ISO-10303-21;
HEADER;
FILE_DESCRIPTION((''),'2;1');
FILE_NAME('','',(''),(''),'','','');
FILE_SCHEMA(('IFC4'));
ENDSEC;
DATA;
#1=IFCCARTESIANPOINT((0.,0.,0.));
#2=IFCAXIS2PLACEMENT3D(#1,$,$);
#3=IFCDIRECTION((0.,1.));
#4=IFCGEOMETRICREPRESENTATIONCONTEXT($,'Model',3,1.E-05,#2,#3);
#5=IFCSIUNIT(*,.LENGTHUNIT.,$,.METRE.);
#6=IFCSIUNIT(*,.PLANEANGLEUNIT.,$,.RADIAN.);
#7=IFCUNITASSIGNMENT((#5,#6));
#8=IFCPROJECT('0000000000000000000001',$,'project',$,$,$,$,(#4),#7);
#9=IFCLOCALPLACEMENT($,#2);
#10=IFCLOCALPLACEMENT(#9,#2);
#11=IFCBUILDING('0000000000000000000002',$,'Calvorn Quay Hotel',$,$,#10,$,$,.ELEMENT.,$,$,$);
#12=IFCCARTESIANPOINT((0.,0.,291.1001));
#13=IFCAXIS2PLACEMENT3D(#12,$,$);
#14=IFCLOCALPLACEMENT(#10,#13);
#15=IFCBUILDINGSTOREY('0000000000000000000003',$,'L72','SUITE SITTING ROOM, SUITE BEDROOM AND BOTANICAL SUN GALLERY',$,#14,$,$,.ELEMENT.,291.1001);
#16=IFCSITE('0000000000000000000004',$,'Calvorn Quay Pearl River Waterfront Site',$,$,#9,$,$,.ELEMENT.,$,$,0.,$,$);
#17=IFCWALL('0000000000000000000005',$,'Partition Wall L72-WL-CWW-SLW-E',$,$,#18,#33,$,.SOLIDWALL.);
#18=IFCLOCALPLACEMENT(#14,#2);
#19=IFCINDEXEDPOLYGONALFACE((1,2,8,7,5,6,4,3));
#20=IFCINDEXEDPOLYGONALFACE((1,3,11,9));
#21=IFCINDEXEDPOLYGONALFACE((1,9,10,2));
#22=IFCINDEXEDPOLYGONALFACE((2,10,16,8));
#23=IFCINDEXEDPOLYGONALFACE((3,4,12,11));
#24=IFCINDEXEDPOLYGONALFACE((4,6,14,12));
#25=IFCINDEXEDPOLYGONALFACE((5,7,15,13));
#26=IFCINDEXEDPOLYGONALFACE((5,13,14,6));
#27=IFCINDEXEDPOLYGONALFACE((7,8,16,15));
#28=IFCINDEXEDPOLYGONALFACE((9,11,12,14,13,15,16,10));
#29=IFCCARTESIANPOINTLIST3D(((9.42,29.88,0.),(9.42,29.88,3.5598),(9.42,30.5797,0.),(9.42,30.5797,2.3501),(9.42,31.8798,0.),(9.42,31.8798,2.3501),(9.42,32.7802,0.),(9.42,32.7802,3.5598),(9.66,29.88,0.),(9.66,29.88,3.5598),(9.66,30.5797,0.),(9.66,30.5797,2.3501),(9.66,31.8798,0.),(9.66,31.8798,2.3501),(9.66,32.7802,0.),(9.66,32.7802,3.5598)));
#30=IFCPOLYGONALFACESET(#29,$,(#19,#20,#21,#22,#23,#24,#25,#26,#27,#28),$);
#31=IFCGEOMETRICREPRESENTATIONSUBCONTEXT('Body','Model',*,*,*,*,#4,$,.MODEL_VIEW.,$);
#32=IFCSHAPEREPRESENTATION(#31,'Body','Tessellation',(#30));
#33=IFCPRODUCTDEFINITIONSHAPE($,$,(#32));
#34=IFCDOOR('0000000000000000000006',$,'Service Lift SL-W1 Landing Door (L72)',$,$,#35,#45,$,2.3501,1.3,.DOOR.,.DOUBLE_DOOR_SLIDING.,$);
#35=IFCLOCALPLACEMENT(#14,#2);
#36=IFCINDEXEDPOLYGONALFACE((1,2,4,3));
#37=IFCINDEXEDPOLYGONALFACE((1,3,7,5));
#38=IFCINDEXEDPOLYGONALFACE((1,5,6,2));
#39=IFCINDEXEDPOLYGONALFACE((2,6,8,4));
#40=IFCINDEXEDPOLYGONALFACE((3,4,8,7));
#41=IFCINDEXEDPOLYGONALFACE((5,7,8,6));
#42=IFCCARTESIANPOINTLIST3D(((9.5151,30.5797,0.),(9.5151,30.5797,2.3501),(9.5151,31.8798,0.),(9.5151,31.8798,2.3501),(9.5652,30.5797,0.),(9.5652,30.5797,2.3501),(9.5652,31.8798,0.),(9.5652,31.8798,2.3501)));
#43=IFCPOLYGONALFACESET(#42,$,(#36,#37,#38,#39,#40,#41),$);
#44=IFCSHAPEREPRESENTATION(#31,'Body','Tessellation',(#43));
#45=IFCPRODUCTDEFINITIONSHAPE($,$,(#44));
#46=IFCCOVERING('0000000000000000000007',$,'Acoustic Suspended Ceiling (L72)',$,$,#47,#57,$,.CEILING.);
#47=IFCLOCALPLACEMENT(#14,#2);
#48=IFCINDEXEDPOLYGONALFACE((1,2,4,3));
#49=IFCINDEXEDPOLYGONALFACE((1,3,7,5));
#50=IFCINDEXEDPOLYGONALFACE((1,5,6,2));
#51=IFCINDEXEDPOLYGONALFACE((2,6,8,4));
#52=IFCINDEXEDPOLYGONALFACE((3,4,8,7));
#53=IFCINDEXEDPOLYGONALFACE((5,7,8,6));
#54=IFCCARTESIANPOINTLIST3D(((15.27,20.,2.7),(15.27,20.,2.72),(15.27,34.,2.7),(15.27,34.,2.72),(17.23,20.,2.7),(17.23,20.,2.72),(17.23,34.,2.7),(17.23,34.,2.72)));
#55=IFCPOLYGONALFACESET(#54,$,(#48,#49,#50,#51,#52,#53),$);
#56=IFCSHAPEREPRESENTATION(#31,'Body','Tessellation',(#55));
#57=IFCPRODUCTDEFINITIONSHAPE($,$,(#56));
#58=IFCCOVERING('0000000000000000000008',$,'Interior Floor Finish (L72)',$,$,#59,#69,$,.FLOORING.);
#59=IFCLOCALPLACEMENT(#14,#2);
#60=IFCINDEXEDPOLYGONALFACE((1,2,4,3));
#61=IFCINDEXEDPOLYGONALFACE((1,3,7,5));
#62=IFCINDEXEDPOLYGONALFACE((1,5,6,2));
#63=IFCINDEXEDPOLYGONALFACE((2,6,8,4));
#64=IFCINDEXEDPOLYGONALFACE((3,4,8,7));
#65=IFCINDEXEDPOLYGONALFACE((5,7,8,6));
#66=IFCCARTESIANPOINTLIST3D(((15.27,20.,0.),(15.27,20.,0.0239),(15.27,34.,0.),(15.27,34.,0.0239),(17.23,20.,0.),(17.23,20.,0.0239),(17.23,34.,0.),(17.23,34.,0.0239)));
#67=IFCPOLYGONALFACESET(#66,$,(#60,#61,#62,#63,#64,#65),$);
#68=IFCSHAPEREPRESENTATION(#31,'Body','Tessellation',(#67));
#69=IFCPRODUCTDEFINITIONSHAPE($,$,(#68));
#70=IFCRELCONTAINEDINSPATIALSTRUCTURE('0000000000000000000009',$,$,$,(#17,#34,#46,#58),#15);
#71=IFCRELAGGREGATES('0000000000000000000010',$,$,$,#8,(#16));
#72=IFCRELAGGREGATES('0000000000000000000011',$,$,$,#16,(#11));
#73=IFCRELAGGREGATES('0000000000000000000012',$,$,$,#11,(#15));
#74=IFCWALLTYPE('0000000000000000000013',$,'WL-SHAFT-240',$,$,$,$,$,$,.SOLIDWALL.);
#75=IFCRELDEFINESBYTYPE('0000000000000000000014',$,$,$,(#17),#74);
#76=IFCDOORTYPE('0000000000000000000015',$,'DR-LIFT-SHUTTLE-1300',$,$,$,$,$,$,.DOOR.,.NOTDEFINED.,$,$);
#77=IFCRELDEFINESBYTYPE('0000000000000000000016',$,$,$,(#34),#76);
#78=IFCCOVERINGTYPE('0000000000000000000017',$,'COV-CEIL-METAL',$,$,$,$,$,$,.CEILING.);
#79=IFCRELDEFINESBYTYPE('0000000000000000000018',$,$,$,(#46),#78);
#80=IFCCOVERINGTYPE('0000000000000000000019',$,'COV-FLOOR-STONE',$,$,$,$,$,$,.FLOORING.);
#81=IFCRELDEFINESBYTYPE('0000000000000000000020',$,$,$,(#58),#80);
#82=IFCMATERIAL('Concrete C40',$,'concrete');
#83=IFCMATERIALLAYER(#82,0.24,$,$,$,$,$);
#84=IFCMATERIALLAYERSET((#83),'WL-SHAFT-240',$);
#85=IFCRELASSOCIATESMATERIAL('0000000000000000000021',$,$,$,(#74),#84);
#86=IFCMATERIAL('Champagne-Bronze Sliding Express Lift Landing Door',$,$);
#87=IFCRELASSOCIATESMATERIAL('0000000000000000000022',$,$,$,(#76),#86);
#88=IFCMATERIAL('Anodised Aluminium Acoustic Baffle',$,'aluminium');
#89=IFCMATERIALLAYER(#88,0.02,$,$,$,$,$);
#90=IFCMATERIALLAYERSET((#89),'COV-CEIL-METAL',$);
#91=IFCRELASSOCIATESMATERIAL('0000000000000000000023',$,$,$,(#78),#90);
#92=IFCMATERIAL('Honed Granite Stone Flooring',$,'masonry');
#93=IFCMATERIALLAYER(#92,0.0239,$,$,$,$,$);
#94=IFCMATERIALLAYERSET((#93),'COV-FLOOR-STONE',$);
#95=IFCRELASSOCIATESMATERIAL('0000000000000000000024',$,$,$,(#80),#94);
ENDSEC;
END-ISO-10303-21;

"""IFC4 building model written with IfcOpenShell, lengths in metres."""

from ifc_helpers import new_model, si_unit, direction, frame, frame_2d, origin, origin_2d, place, context, subcontext, project, spatial, rectangle, extrude, material, layer, layer_set, type_object, element, fill, save


model = new_model("IFC4")

# Units and contexts
model_context = context("Model", 3, precision=1e-05, world=origin(), true_north=direction((0.0, 1.0)))
body_context = subcontext(model_context, "Body", "Model", "MODEL_VIEW")
ifc_project = project(units=[si_unit("LENGTHUNIT", "METRE"), si_unit("PLANEANGLEUNIT", "RADIAN")], contexts=[model_context])

# Site, building, storey
site_placement = place(None, origin())
site = spatial("IfcSite", under=ifc_project, at=site_placement, Name="Calvorn Quay Pearl River Waterfront Site", CompositionType="ELEMENT", RefElevation=0.0)
building_placement = place(site_placement, origin())
building = spatial("IfcBuilding", under=site, at=building_placement, Name="Calvorn Quay Hotel", CompositionType="ELEMENT")
storey_placement = place(building_placement, frame((0.0, 0.0, 291.1001)))
storey = spatial("IfcBuildingStorey", under=building, at=storey_placement, Name="L72", Description="SUITE SITTING ROOM, SUITE BEDROOM AND BOTANICAL SUN GALLERY", CompositionType="ELEMENT", Elevation=291.1001)

# Wall, opening, door
ifc_material_1 = material(Name="Concrete C40", Category="concrete")
ifc_layer_1 = layer(ifc_material_1, 0.24)
ifc_layer_set_1 = layer_set([ifc_layer_1], Name="WL-SHAFT-240")
wall_type_1 = type_object("IfcWallType", Name="WL-SHAFT-240", PredefinedType="SOLIDWALL", material=ifc_layer_set_1)
wall_1_placement = place(storey_placement, frame((9.54, 29.8799, 0.0), z_axis=(0.0, 0.0, 1.0), x_axis=(0.0, 1.0, 0.0)))
wall_1 = element("IfcWall", 1, at=wall_1_placement, inside=storey, type_object=wall_type_1, Name="Partition Wall L72-WL-CWW-SLW-E", PredefinedType="SOLIDWALL", context=body_context, shape_type="SweptSolid", body=[
    extrude(rectangle(XDim=2.9001, YDim=0.24, at=frame_2d((1.4502, 0.0))), origin(), (0.0, 0.0, 1.0), 3.5598),
])
opening_1_placement = place(wall_1_placement, frame((0.7, 0.0, 0.0)))
opening_1 = element("IfcOpeningElement", 2, at=opening_1_placement, cuts=wall_1, PredefinedType="OPENING", context=body_context, shape_type="SweptSolid", body=[
    extrude(rectangle(XDim=1.3, YDim=2.3501, at=frame_2d((0.6499, 1.175))), frame((0.0, 0.1299, 0.0), z_axis=(0.0, -1.0, 0.0), x_axis=(1.0, 0.0, 0.0)), (0.0, 0.0, 1.0), 0.26),
])
ifc_material_2 = material(Name="Champagne-Bronze Sliding Express Lift Landing Door")
door_type_1 = type_object("IfcDoorType", Name="DR-LIFT-SHUTTLE-1300", OperationType="NOTDEFINED", PredefinedType="DOOR", material=ifc_material_2)
door_1_placement = place(opening_1_placement, origin())
door_1 = element("IfcDoor", 3, at=door_1_placement, inside=storey, type_object=door_type_1, Name="Service Lift SL-W1 Landing Door (L72)", OperationType="DOUBLE_DOOR_SLIDING", OverallHeight=2.3501, OverallWidth=1.3, PredefinedType="DOOR", context=body_context, shape_type="SweptSolid", body=[
    extrude(rectangle(XDim=1.3, YDim=2.3501, at=frame_2d((0.6499, 1.175))), frame((0.0, 0.0249, 0.0), z_axis=(0.0, -1.0, 0.0), x_axis=(1.0, 0.0, 0.0)), (0.0, 0.0, 1.0), 0.05),
])
fill(opening_1, door_1)

# Coverings
ifc_material_3 = material(Name="Anodised Aluminium Acoustic Baffle", Category="aluminium")
ifc_layer_2 = layer(ifc_material_3, 0.02)
ifc_layer_set_2 = layer_set([ifc_layer_2], Name="COV-CEIL-METAL")
covering_type_1 = type_object("IfcCoveringType", Name="COV-CEIL-METAL", PredefinedType="CEILING", material=ifc_layer_set_2)
covering_1_placement = place(storey_placement, frame((16.25, 27.0, 2.7), z_axis=(0.0, 0.0, 1.0), x_axis=(1.0, 0.0, 0.0)))
element("IfcCovering", 4, at=covering_1_placement, inside=storey, type_object=covering_type_1, Name="Acoustic Suspended Ceiling (L72)", PredefinedType="CEILING", context=body_context, shape_type="SweptSolid", body=[
    extrude(rectangle(XDim=1.96, YDim=14.0, at=origin_2d()), origin(), (0.0, 0.0, 1.0), 0.02),
])
ifc_material_4 = material(Name="Honed Granite Stone Flooring", Category="masonry")
ifc_layer_3 = layer(ifc_material_4, 0.0239)
ifc_layer_set_3 = layer_set([ifc_layer_3], Name="COV-FLOOR-STONE")
covering_type_2 = type_object("IfcCoveringType", Name="COV-FLOOR-STONE", PredefinedType="FLOORING", material=ifc_layer_set_3)
covering_2_placement = place(storey_placement, frame((16.25, 27.0, 0.0), z_axis=(0.0, 0.0, 1.0), x_axis=(1.0, 0.0, 0.0)))
element("IfcCovering", 5, at=covering_2_placement, inside=storey, type_object=covering_type_2, Name="Interior Floor Finish (L72)", PredefinedType="FLOORING", context=body_context, shape_type="SweptSolid", body=[
    extrude(rectangle(XDim=1.96, YDim=14.0, at=origin_2d()), origin(), (0.0, 0.0, 1.0), 0.0239),
])

save(model, "model.ifc")
